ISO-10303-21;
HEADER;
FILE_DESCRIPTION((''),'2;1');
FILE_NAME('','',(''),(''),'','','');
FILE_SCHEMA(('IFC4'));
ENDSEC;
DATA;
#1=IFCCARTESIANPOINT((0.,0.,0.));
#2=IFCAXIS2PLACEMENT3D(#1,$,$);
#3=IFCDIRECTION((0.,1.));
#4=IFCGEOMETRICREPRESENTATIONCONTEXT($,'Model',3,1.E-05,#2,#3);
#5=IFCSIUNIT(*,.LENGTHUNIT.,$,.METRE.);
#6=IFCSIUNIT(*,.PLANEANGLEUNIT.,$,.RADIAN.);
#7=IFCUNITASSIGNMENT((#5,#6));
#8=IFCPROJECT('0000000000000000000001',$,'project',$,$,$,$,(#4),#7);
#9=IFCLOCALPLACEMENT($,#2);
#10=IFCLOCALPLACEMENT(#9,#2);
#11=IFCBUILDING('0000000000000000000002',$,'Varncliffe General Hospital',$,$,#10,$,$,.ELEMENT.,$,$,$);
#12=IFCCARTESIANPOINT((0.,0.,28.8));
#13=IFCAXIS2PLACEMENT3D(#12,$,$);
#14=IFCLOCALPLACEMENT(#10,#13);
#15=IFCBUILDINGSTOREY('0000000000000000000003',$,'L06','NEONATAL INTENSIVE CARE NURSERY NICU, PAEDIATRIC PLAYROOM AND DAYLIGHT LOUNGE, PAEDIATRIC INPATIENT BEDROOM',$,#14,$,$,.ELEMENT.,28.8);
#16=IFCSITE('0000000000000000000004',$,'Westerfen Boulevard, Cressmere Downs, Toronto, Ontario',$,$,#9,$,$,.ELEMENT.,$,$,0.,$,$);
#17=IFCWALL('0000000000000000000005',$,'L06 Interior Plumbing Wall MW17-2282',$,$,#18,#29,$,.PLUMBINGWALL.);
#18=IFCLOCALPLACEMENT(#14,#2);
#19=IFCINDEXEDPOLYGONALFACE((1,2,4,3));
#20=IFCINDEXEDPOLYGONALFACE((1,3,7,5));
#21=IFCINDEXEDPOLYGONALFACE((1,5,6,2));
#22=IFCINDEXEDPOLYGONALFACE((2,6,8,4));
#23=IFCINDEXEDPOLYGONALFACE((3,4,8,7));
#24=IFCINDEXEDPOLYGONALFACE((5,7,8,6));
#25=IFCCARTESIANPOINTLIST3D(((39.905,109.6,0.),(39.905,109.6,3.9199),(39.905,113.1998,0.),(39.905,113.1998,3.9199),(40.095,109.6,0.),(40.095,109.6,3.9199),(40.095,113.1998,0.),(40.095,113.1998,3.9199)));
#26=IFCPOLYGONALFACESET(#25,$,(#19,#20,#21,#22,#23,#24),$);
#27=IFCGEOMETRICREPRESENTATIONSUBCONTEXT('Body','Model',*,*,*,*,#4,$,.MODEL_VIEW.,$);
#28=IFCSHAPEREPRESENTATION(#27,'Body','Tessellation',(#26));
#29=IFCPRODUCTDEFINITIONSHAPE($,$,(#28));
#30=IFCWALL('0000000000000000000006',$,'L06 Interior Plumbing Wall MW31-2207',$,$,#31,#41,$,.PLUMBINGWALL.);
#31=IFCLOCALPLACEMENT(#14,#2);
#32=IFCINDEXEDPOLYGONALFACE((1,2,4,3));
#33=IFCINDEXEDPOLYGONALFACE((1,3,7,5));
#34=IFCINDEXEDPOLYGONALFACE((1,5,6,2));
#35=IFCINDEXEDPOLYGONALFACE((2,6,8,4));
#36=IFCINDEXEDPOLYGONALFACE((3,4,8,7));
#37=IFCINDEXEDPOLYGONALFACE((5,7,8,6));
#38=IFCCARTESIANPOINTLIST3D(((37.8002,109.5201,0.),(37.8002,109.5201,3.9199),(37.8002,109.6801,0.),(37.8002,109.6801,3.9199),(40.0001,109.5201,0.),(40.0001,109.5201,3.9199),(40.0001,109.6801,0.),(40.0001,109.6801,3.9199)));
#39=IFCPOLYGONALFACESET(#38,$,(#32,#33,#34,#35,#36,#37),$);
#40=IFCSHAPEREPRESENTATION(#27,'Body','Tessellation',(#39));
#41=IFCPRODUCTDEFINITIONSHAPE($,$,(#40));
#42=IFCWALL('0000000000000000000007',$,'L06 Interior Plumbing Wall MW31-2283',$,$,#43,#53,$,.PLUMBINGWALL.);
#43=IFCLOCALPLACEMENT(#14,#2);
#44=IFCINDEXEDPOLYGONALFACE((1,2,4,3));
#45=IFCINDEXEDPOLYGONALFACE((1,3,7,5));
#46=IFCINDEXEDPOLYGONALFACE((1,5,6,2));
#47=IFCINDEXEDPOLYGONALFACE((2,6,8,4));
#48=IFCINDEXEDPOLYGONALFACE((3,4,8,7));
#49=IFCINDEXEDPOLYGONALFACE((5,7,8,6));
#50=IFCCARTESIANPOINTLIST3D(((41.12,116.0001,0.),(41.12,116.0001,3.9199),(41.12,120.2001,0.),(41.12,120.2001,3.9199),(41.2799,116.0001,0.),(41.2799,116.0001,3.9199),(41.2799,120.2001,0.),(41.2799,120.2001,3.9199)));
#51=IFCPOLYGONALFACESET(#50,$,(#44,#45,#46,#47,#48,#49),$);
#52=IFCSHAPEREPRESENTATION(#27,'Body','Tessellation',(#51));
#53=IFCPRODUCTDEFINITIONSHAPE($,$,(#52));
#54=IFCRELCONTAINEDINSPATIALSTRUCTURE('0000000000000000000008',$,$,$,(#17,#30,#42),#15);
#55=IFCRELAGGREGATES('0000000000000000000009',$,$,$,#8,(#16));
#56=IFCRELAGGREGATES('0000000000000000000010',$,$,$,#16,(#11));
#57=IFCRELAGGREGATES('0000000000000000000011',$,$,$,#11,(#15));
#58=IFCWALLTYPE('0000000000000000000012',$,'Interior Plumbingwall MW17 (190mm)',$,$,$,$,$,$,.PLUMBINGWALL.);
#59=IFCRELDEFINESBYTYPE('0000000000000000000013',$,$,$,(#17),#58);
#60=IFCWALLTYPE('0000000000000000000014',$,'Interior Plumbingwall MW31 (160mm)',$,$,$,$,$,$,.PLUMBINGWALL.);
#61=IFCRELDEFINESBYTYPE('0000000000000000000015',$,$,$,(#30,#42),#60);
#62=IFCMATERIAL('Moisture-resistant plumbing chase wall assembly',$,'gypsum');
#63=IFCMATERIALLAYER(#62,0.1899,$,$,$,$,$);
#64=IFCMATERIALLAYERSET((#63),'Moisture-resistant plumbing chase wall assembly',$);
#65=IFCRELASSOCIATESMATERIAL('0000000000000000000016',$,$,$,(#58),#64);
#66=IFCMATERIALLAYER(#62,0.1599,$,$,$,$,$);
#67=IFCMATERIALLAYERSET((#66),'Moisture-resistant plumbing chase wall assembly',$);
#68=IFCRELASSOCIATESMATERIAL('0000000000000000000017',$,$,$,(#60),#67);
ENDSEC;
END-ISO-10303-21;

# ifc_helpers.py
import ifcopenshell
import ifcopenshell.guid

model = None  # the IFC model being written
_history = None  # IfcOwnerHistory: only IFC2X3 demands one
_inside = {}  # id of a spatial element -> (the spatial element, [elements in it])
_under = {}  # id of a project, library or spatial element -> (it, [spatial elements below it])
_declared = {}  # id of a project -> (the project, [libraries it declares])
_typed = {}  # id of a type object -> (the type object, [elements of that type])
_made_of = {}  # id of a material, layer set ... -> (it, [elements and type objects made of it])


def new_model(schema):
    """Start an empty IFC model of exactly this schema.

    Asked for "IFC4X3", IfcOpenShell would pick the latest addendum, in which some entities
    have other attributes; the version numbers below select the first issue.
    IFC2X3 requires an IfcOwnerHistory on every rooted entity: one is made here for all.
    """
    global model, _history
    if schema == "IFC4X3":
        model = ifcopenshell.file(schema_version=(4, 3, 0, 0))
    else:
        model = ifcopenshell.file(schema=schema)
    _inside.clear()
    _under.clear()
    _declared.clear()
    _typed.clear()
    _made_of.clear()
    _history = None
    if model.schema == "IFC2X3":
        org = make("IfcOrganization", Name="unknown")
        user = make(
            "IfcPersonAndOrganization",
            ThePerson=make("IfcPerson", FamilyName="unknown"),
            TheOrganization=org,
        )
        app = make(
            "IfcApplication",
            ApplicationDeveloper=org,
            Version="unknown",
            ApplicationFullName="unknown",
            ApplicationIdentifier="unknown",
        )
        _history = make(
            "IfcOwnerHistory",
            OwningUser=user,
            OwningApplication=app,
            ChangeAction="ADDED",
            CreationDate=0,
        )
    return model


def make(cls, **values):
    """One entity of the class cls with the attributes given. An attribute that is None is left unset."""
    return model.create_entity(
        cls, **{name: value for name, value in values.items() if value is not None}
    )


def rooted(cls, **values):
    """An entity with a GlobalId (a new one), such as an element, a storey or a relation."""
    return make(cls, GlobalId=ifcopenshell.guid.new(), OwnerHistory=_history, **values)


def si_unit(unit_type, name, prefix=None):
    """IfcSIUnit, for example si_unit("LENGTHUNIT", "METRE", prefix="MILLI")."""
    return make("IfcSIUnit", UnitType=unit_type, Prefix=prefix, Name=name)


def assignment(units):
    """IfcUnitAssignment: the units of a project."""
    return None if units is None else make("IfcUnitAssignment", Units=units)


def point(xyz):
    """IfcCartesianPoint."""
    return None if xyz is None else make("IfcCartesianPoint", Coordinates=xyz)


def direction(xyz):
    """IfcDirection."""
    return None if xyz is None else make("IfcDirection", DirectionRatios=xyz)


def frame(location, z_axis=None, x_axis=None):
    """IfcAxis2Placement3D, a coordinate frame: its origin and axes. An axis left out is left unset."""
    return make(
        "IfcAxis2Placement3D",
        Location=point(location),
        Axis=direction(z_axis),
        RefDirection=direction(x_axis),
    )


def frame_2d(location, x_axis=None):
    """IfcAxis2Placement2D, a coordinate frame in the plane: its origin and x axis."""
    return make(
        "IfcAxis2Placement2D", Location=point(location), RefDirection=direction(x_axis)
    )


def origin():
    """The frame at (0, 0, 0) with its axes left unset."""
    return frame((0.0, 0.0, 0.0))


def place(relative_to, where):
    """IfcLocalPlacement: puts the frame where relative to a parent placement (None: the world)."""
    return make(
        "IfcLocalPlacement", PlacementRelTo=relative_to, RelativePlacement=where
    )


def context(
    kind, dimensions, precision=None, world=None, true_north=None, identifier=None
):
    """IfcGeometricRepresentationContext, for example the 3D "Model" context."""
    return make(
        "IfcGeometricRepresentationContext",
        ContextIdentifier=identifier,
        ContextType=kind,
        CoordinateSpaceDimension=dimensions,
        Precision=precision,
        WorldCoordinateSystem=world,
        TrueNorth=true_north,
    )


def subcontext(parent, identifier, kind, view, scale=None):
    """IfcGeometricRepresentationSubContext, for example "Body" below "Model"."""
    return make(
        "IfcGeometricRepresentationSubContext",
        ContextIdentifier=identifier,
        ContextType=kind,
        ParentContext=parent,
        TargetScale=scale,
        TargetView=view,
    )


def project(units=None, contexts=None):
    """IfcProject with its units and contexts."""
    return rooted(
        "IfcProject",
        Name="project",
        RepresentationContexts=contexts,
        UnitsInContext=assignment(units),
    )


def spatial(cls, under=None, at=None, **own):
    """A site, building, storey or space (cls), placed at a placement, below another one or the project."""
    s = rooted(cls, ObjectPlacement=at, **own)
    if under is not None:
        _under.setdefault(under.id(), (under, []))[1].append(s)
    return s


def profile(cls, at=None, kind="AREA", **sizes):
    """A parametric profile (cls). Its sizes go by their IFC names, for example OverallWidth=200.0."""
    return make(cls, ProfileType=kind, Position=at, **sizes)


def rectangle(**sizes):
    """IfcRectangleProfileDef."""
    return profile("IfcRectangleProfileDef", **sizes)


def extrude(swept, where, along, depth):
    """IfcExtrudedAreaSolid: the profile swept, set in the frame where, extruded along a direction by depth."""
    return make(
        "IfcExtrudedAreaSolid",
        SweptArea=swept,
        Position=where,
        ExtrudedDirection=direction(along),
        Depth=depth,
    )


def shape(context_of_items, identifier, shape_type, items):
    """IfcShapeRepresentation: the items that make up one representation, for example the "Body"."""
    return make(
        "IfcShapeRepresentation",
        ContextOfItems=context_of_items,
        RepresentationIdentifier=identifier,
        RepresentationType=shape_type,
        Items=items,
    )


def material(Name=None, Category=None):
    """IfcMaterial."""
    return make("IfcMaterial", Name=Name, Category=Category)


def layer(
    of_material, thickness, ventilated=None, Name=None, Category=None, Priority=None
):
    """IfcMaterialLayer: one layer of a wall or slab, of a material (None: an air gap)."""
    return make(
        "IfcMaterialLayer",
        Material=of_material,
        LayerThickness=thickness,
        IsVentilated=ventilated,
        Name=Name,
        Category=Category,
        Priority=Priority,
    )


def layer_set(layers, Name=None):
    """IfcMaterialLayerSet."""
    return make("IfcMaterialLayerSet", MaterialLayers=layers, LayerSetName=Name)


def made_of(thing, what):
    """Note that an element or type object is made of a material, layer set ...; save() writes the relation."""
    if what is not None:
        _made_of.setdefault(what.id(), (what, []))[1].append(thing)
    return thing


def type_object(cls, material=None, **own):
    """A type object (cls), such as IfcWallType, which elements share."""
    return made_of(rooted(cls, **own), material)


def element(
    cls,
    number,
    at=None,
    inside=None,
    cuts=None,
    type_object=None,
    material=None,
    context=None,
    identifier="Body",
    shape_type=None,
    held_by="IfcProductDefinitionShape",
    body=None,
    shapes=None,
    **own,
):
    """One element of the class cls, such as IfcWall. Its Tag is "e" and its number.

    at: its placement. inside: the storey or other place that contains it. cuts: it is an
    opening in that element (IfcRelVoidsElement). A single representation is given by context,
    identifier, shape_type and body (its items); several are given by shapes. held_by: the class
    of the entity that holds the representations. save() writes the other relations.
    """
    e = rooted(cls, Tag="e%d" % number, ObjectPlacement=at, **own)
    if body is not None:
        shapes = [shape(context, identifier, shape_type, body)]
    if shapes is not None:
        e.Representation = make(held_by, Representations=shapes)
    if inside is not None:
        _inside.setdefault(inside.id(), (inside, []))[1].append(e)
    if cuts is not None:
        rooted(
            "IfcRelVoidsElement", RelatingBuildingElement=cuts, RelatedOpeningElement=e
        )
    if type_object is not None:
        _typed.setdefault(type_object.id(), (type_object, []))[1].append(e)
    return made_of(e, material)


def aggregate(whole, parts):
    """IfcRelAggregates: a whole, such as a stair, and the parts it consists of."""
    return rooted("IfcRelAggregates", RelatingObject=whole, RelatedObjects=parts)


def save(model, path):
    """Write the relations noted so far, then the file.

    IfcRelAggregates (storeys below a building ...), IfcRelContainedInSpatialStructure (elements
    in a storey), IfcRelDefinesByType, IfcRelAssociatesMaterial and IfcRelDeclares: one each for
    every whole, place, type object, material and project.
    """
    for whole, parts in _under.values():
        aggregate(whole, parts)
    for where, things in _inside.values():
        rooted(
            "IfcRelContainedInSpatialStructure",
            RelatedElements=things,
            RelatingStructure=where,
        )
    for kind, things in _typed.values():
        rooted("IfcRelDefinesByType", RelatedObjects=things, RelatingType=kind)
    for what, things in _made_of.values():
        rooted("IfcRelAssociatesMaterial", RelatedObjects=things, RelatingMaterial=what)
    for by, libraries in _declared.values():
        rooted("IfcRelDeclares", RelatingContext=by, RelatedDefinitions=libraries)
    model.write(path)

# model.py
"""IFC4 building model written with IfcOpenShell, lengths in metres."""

from ifc_helpers import new_model, si_unit, direction, frame, frame_2d, origin, place, context, subcontext, project, spatial, rectangle, extrude, material, layer, layer_set, type_object, element, save


model = new_model("IFC4")

# Units and contexts
model_context = context("Model", 3, precision=1e-05, world=origin(), true_north=direction((0.0, 1.0)))
body_context = subcontext(model_context, "Body", "Model", "MODEL_VIEW")
ifc_project = project(units=[si_unit("LENGTHUNIT", "METRE"), si_unit("PLANEANGLEUNIT", "RADIAN")], contexts=[model_context])

# Site, building, storey
site_placement = place(None, origin())
site = spatial("IfcSite", under=ifc_project, at=site_placement, Name="Westerfen Boulevard, Cressmere Downs, Toronto, Ontario", CompositionType="ELEMENT", RefElevation=0.0)
building_placement = place(site_placement, origin())
building = spatial("IfcBuilding", under=site, at=building_placement, Name="Varncliffe General Hospital", CompositionType="ELEMENT")
storey_placement = place(building_placement, frame((0.0, 0.0, 28.8)))
storey = spatial("IfcBuildingStorey", under=building, at=storey_placement, Name="L06", Description="NEONATAL INTENSIVE CARE NURSERY NICU, PAEDIATRIC PLAYROOM AND DAYLIGHT LOUNGE, PAEDIATRIC INPATIENT BEDROOM", CompositionType="ELEMENT", Elevation=28.8)

# Walls
ifc_material_1 = material(Name="Moisture-resistant plumbing chase wall assembly", Category="gypsum")
ifc_layer_1 = layer(ifc_material_1, 0.1899)
ifc_layer_set_1 = layer_set([ifc_layer_1], Name="Moisture-resistant plumbing chase wall assembly")
wall_type_1 = type_object("IfcWallType", Name="Interior Plumbingwall MW17 (190mm)", PredefinedType="PLUMBINGWALL", material=ifc_layer_set_1)
wall_1_placement = place(storey_placement, frame((40.0, 109.6001, 0.0), z_axis=(0.0, 0.0, 1.0), x_axis=(0.0, 1.0, 0.0)))
element("IfcWall", 1, at=wall_1_placement, inside=storey, type_object=wall_type_1, Name="L06 Interior Plumbing Wall MW17-2282", PredefinedType="PLUMBINGWALL", context=body_context, shape_type="SweptSolid", body=[
    extrude(rectangle(XDim=3.5999, YDim=0.1899, at=frame_2d((1.7998, 0.0))), origin(), (0.0, 0.0, 1.0), 3.9199),
])
ifc_layer_2 = layer(ifc_material_1, 0.1599)
ifc_layer_set_2 = layer_set([ifc_layer_2], Name="Moisture-resistant plumbing chase wall assembly")
wall_type_2 = type_object("IfcWallType", Name="Interior Plumbingwall MW31 (160mm)", PredefinedType="PLUMBINGWALL", material=ifc_layer_set_2)
wall_2_placement = place(storey_placement, frame((37.8, 109.6001, 0.0), z_axis=(0.0, 0.0, 1.0), x_axis=(1.0, 0.0, 0.0)))
element("IfcWall", 2, at=wall_2_placement, inside=storey, type_object=wall_type_2, Name="L06 Interior Plumbing Wall MW31-2207", PredefinedType="PLUMBINGWALL", context=body_context, shape_type="SweptSolid", body=[
    extrude(rectangle(XDim=2.2, YDim=0.1599, at=frame_2d((1.1001, 0.0))), origin(), (0.0, 0.0, 1.0), 3.9199),
])
wall_3_placement = place(storey_placement, frame((41.2, 116.0, 0.0), z_axis=(0.0, 0.0, 1.0), x_axis=(0.0, 1.0, 0.0)))
element("IfcWall", 3, at=wall_3_placement, inside=storey, type_object=wall_type_2, Name="L06 Interior Plumbing Wall MW31-2283", PredefinedType="PLUMBINGWALL", context=body_context, shape_type="SweptSolid", body=[
    extrude(rectangle(XDim=4.2, YDim=0.1599, at=frame_2d((2.1001, 0.0))), origin(), (0.0, 0.0, 1.0), 3.9199),
])

save(model, "model.ifc")
